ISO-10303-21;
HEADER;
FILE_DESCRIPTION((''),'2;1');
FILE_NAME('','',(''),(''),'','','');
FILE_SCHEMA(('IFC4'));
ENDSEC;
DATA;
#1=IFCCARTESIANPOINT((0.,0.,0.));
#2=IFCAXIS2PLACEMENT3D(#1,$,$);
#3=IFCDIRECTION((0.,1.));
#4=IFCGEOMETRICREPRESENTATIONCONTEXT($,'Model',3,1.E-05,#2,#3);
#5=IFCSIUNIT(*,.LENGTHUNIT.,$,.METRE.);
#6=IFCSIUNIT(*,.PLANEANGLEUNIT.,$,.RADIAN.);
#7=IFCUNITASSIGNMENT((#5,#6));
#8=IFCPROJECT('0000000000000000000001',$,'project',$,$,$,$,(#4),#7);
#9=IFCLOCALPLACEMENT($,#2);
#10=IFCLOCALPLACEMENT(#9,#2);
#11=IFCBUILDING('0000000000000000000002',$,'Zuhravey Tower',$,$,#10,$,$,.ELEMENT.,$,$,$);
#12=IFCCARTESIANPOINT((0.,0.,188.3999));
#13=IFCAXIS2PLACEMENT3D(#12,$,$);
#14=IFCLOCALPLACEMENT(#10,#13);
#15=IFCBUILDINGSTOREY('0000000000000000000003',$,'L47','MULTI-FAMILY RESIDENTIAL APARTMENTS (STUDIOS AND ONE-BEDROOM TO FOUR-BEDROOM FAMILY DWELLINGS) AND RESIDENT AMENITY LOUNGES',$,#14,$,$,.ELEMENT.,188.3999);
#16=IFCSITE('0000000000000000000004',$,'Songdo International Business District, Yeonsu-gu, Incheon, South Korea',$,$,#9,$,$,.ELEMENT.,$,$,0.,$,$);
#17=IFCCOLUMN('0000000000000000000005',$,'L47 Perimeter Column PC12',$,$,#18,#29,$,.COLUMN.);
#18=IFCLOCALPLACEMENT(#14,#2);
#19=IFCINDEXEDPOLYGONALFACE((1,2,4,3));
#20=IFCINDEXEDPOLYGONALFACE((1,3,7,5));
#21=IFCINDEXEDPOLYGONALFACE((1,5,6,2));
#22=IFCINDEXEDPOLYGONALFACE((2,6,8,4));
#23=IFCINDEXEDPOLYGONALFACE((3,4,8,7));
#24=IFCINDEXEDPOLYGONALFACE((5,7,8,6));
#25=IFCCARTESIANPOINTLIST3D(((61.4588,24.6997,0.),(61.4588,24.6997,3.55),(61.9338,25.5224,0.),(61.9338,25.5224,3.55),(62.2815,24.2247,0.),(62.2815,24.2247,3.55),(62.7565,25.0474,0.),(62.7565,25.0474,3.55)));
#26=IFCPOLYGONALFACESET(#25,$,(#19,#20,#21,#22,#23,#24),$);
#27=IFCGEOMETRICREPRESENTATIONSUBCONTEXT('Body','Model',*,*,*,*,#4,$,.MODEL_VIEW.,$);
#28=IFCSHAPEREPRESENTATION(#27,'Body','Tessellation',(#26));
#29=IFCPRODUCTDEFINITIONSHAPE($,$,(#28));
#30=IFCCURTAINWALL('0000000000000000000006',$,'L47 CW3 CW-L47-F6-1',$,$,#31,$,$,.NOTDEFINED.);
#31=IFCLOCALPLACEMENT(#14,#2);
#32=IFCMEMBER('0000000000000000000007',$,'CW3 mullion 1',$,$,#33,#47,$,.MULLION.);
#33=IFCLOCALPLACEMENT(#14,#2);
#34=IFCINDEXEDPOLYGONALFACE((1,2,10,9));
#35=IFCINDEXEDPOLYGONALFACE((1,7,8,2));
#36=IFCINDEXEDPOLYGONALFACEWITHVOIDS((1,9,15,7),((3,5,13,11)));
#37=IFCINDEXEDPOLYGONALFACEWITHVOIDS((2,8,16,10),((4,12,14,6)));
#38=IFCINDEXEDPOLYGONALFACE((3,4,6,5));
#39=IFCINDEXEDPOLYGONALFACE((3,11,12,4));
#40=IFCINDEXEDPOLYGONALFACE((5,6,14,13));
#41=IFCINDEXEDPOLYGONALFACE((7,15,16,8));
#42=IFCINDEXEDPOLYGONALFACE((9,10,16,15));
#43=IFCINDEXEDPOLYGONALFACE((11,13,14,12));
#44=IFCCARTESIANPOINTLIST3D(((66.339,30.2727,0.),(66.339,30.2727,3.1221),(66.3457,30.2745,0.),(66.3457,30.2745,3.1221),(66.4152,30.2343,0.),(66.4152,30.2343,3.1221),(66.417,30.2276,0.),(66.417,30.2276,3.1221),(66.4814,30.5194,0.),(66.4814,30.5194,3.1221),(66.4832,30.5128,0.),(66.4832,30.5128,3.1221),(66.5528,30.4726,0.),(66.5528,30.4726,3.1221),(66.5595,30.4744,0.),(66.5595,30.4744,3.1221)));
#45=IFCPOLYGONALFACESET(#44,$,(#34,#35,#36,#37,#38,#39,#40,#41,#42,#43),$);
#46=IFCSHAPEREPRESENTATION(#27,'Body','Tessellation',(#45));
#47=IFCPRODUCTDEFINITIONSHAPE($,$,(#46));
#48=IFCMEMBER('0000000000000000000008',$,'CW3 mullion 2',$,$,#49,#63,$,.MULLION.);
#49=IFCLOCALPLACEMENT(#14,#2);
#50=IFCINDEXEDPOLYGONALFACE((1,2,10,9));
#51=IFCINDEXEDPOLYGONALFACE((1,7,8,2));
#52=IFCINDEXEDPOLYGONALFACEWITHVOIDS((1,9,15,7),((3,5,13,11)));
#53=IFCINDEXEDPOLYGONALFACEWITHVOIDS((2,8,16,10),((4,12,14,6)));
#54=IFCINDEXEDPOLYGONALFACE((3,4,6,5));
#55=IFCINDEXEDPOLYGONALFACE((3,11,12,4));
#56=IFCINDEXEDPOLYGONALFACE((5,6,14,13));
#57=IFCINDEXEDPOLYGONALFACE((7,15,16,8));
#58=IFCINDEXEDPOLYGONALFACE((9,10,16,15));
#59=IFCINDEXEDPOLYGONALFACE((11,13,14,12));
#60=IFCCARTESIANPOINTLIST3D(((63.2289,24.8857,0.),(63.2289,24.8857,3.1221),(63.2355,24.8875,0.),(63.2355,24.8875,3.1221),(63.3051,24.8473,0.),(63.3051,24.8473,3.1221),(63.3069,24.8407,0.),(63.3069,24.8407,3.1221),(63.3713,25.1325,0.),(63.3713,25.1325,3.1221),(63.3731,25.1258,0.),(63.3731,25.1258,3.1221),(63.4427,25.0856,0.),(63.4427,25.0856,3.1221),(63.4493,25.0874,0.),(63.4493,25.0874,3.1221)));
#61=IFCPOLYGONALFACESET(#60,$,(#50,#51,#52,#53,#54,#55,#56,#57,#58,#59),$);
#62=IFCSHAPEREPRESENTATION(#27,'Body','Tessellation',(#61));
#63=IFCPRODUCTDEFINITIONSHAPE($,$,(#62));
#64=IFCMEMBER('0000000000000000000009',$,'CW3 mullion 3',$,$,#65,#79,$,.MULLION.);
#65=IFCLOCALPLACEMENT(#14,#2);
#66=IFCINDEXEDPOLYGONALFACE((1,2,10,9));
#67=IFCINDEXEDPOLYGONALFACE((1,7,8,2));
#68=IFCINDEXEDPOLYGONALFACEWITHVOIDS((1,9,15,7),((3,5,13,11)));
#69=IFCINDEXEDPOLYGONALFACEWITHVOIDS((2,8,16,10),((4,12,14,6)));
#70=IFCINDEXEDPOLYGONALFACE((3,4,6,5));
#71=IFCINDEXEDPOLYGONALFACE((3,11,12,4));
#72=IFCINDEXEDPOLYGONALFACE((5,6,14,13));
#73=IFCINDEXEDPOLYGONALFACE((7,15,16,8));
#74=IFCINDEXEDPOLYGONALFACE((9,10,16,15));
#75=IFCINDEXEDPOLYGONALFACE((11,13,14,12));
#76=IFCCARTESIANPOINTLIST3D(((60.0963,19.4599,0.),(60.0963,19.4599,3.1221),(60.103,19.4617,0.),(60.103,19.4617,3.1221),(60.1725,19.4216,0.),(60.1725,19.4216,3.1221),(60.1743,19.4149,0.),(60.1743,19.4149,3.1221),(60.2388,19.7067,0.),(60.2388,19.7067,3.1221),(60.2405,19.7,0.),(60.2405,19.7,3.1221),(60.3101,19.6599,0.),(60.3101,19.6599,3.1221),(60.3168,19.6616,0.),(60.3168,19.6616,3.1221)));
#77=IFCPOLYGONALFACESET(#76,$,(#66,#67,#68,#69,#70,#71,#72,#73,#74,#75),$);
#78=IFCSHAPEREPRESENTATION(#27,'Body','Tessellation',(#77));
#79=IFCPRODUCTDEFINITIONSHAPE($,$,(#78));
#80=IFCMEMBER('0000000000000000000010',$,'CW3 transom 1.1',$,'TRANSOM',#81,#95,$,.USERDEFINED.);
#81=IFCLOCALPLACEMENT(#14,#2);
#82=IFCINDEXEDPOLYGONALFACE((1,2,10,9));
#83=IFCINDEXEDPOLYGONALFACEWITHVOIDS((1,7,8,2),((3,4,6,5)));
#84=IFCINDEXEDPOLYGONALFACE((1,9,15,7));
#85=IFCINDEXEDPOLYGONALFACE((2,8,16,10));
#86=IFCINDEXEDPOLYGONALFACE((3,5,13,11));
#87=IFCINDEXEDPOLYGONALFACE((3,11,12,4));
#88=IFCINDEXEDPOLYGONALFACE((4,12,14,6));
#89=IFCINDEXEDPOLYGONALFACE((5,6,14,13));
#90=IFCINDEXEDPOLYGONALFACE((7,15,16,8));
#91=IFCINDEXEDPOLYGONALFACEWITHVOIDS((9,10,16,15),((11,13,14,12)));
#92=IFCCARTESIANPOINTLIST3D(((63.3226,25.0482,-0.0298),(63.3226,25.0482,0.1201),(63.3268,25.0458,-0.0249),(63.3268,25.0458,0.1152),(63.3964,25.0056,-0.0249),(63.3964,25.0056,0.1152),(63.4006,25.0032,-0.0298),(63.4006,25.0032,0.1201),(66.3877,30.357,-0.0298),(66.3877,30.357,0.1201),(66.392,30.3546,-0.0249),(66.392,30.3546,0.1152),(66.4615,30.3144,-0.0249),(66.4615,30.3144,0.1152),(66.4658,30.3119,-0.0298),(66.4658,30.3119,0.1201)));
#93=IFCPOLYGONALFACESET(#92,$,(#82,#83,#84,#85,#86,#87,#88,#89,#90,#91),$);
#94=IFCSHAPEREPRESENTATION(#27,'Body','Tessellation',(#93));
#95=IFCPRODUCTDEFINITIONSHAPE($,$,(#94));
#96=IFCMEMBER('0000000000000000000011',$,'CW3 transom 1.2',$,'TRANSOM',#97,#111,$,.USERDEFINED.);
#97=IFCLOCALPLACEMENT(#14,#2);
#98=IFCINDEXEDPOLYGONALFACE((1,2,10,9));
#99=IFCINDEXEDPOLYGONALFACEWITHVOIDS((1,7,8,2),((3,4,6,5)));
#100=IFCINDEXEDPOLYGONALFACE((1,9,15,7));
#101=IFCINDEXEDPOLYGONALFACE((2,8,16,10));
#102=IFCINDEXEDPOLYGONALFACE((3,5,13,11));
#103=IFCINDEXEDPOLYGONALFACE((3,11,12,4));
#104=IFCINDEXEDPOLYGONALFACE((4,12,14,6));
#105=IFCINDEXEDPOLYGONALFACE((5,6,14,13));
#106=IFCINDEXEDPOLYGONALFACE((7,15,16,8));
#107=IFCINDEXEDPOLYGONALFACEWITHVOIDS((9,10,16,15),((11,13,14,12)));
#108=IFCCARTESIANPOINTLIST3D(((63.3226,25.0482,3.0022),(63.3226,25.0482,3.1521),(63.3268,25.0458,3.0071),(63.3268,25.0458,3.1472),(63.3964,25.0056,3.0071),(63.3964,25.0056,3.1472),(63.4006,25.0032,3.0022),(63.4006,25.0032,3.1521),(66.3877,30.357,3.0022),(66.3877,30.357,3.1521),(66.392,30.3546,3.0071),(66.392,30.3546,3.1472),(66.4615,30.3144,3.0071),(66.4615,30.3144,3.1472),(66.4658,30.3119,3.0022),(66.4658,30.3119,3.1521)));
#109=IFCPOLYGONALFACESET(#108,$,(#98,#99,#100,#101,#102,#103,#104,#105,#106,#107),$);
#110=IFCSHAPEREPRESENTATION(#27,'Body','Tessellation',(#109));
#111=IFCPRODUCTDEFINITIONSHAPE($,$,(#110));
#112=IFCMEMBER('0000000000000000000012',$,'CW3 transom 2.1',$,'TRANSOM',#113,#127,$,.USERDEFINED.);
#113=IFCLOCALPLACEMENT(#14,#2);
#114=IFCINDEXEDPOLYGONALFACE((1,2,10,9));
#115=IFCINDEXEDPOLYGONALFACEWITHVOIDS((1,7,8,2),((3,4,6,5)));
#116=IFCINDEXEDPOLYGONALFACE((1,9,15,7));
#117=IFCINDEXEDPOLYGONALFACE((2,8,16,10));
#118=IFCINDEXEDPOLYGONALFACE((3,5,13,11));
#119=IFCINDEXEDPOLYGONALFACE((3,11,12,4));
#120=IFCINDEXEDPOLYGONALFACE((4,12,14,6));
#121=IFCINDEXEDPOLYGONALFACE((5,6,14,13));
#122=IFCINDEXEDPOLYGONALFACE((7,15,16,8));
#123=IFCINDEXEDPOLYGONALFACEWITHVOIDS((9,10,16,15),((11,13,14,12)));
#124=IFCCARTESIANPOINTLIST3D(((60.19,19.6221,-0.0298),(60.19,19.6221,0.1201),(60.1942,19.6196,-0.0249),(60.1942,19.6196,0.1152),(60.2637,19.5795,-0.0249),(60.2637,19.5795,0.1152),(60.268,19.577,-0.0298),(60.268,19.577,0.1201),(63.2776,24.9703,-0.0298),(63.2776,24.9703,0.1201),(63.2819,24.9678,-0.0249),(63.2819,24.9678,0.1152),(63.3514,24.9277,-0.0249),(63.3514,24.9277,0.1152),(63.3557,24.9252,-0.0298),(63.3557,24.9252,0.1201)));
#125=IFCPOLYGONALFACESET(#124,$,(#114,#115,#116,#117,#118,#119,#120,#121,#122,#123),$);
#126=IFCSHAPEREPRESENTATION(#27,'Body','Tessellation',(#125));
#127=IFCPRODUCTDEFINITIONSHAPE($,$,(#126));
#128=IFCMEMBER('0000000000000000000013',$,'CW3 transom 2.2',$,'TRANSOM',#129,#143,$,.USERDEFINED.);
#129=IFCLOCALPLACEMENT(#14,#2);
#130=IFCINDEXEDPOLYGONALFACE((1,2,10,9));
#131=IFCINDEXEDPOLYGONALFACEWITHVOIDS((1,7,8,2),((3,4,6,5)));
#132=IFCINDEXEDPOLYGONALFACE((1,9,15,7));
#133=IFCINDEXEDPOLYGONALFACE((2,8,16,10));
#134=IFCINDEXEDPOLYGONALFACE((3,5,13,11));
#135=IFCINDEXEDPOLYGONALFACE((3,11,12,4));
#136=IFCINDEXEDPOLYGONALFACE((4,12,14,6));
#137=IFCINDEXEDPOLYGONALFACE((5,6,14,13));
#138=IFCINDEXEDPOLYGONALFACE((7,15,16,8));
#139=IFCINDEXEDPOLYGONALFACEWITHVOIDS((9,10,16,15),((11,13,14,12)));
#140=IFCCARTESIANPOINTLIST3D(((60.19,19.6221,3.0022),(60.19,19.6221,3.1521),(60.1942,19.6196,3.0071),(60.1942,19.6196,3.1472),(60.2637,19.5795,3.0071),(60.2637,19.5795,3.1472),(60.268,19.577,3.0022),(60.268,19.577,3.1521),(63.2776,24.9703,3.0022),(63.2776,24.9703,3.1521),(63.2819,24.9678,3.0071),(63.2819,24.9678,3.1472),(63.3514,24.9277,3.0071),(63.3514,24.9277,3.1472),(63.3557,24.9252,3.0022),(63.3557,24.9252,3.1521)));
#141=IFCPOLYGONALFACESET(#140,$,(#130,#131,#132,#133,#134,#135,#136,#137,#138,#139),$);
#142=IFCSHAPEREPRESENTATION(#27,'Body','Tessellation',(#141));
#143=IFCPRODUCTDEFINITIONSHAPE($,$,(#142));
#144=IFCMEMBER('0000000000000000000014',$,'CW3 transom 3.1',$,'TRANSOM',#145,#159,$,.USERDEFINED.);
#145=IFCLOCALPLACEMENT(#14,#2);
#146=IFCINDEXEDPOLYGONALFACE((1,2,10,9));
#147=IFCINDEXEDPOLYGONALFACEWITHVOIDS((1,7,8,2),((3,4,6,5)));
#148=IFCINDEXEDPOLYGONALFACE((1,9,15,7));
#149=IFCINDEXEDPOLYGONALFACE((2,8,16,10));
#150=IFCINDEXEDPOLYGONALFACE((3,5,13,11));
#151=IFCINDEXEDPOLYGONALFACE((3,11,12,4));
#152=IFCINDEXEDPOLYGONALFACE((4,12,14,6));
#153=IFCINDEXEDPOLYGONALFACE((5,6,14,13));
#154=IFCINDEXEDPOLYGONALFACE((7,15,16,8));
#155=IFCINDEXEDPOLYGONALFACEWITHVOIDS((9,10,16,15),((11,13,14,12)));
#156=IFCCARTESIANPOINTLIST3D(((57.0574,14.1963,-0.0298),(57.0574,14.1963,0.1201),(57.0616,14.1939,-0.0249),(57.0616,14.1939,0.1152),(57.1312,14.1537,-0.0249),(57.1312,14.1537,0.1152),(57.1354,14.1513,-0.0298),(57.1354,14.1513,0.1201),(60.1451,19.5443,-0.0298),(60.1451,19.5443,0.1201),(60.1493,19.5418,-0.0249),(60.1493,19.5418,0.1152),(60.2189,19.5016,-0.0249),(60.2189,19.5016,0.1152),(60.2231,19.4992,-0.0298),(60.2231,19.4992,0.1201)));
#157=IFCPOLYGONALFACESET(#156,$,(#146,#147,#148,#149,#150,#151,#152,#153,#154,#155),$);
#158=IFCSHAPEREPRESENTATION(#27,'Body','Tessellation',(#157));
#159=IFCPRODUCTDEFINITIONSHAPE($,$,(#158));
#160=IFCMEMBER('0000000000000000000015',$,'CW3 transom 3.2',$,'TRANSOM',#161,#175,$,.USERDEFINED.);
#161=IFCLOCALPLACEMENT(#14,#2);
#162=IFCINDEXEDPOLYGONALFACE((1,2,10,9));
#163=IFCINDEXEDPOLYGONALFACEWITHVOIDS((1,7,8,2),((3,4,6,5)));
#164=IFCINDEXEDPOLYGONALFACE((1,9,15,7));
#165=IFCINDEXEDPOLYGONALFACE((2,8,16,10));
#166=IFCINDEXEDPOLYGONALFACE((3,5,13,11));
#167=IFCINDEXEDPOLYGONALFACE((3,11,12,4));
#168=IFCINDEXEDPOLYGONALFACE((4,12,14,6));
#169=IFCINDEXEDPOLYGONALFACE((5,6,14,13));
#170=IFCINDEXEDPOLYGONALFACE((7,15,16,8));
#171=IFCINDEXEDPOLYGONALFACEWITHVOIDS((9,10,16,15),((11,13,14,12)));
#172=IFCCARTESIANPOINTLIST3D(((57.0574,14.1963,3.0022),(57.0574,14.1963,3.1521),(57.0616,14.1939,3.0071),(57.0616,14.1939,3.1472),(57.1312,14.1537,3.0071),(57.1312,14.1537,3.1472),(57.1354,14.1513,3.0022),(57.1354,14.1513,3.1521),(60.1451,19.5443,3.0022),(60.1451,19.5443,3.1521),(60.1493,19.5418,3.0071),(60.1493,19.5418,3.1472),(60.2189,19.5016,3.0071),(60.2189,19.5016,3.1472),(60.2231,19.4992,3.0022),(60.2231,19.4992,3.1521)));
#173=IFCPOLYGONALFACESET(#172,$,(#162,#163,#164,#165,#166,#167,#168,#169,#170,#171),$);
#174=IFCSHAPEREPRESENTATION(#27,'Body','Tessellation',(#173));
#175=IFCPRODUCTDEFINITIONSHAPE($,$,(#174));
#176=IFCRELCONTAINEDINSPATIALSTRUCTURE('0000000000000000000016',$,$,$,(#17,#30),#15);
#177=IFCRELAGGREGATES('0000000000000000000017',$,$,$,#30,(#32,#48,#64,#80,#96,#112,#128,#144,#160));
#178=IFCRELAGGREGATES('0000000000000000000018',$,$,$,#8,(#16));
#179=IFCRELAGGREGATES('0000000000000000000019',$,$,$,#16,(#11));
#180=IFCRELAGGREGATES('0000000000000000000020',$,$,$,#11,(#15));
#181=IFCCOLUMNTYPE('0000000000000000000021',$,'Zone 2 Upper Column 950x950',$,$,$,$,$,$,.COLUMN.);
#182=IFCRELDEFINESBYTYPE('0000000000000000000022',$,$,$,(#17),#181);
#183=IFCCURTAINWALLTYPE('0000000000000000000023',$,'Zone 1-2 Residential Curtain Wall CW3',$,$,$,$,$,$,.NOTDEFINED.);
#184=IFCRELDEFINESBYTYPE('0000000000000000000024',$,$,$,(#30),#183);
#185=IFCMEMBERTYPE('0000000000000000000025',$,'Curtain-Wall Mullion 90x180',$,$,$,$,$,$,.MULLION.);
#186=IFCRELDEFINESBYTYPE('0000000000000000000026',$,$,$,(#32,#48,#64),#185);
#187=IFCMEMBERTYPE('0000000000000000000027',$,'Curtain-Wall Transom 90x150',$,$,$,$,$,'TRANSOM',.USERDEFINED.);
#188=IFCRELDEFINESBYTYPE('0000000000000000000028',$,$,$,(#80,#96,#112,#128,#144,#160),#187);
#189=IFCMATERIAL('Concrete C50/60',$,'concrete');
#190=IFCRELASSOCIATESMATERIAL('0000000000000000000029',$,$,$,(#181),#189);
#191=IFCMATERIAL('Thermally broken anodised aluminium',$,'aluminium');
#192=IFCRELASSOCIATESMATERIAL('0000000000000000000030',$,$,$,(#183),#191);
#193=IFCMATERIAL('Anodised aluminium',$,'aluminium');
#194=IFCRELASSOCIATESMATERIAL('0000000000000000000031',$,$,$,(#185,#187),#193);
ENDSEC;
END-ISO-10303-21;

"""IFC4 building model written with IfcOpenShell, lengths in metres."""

from ifc_helpers import new_model, si_unit, direction, frame, origin, origin_2d, place, context, subcontext, project, spatial, rectangle, hollow_rectangle, extrude, material, material_profile, profile_set, type_object, element, aggregate, save


model = new_model("IFC4")

# Units and contexts
model_context = context("Model", 3, precision=1e-05, world=origin(), true_north=direction((0.0, 1.0)))
body_context = subcontext(model_context, "Body", "Model", "MODEL_VIEW")
ifc_project = project(units=[si_unit("LENGTHUNIT", "METRE"), si_unit("PLANEANGLEUNIT", "RADIAN")], contexts=[model_context])

# Site, building, storey
site_placement = place(None, origin())
site = spatial("IfcSite", under=ifc_project, at=site_placement, Name="Songdo International Business District, Yeonsu-gu, Incheon, South Korea", CompositionType="ELEMENT", RefElevation=0.0)
building_placement = place(site_placement, origin())
building = spatial("IfcBuilding", under=site, at=building_placement, Name="Zuhravey Tower", CompositionType="ELEMENT")
storey_placement = place(building_placement, frame((0.0, 0.0, 188.3999)))
storey = spatial("IfcBuildingStorey", under=building, at=storey_placement, Name="L47", Description="MULTI-FAMILY RESIDENTIAL APARTMENTS (STUDIOS AND ONE-BEDROOM TO FOUR-BEDROOM FAMILY DWELLINGS) AND RESIDENT AMENITY LOUNGES", CompositionType="ELEMENT", Elevation=188.3999)

# Column
ifc_material_1 = material(Name="Concrete C50/60", Category="concrete")
ifc_material_profile_1 = material_profile(ifc_material_1, rectangle(XDim=0.95, YDim=0.95, at=origin_2d()), Name="RC-950x950")
ifc_profile_set_1 = profile_set([ifc_material_profile_1], Name="Concrete C50/60")
column_type = type_object("IfcColumnType", Name="Zone 2 Upper Column 950x950", PredefinedType="COLUMN", material=ifc_profile_set_1)
column_placement = place(storey_placement, frame((62.1077, 24.8735, 0.0), z_axis=(0.0, 0.0, 1.0), x_axis=(0.5, 0.866025, 0.0)))
element("IfcColumn", 1, at=column_placement, inside=storey, type_object=column_type, Name="L47 Perimeter Column PC12", PredefinedType="COLUMN", context=body_context, shape_type="SweptSolid", body=[
    extrude(rectangle(XDim=0.95, YDim=0.95, at=origin_2d()), origin(), (0.0, 0.0, 1.0), 3.55),
])

# Curtain wall, members
ifc_material_2 = material(Name="Thermally broken anodised aluminium", Category="aluminium")
curtain_wall_type = type_object("IfcCurtainWallType", Name="Zone 1-2 Residential Curtain Wall CW3", PredefinedType="NOTDEFINED", material=ifc_material_2)
curtain_wall_placement = place(storey_placement, origin())
curtain_wall = element("IfcCurtainWall", 2, at=curtain_wall_placement, inside=storey, type_object=curtain_wall_type, Name="L47 CW3 CW-L47-F6-1", PredefinedType="NOTDEFINED")
ifc_material_3 = material(Name="Anodised aluminium", Category="aluminium")
ifc_material_profile_2 = material_profile(ifc_material_3, hollow_rectangle(XDim=0.0901, YDim=0.2849, WallThickness=0.0049, at=origin_2d()), Name="ALU-RHS-90x285x5")
ifc_profile_set_2 = profile_set([ifc_material_profile_2], Name="Anodised aluminium")
member_type_1 = type_object("IfcMemberType", Name="Curtain-Wall Mullion 90x180", PredefinedType="MULLION", material=ifc_profile_set_2)
member_1_placement = place(storey_placement, frame((66.4492, 30.3735, 0.0), z_axis=(0.0, 0.0, 1.0), x_axis=(0.866026, -0.499999, 0.0)))
member_1 = element("IfcMember", 3, at=member_1_placement, type_object=member_type_1, Name="CW3 mullion 1", PredefinedType="MULLION", context=body_context, shape_type="SweptSolid", body=[
    extrude(hollow_rectangle(XDim=0.0901, YDim=0.2849, WallThickness=0.0049, at=origin_2d()), origin(), (0.0, 0.0, 1.0), 3.1221),
])
member_2_placement = place(storey_placement, frame((63.3391, 24.9866, 0.0), z_axis=(0.0, 0.0, 1.0), x_axis=(0.866026, -0.499999, 0.0)))
member_2 = element("IfcMember", 4, at=member_2_placement, type_object=member_type_1, Name="CW3 mullion 2", PredefinedType="MULLION", context=body_context, shape_type="SweptSolid", body=[
    extrude(hollow_rectangle(XDim=0.0901, YDim=0.2849, WallThickness=0.0049, at=origin_2d()), origin(), (0.0, 0.0, 1.0), 3.1221),
])
member_3_placement = place(storey_placement, frame((60.2065, 19.5608, 0.0), z_axis=(0.0, 0.0, 1.0), x_axis=(0.866026, -0.499999, 0.0)))
member_3 = element("IfcMember", 5, at=member_3_placement, type_object=member_type_1, Name="CW3 mullion 3", PredefinedType="MULLION", context=body_context, shape_type="SweptSolid", body=[
    extrude(hollow_rectangle(XDim=0.0901, YDim=0.2849, WallThickness=0.0049, at=origin_2d()), origin(), (0.0, 0.0, 1.0), 3.1221),
])
ifc_material_profile_3 = material_profile(ifc_material_3, hollow_rectangle(XDim=0.0901, YDim=0.1499, WallThickness=0.0049, at=origin_2d()), Name="ALU-RHS-90x150x5")
ifc_profile_set_3 = profile_set([ifc_material_profile_3], Name="Anodised aluminium")
member_type_2 = type_object("IfcMemberType", Name="Curtain-Wall Transom 90x150", ElementType="TRANSOM", PredefinedType="USERDEFINED", material=ifc_profile_set_3)
member_4_placement = place(storey_placement, frame((66.4268, 30.3345, 0.0452), z_axis=(-0.500015, -0.866016, 0.0), x_axis=(0.866016, -0.500015, 0.0)))
member_4 = element("IfcMember", 6, at=member_4_placement, type_object=member_type_2, Name="CW3 transom 1.1", ObjectType="TRANSOM", PredefinedType="USERDEFINED", context=body_context, shape_type="SweptSolid", body=[
    extrude(hollow_rectangle(XDim=0.0901, YDim=0.1499, WallThickness=0.0049, at=origin_2d()), origin(), (0.0, 0.0, 1.0), 6.1301),
])
member_5_placement = place(storey_placement, frame((66.4268, 30.3345, 3.0771), z_axis=(-0.500015, -0.866016, 0.0), x_axis=(0.866016, -0.500015, 0.0)))
member_5 = element("IfcMember", 7, at=member_5_placement, type_object=member_type_2, Name="CW3 transom 1.2", ObjectType="TRANSOM", PredefinedType="USERDEFINED", context=body_context, shape_type="SweptSolid", body=[
    extrude(hollow_rectangle(XDim=0.0901, YDim=0.1499, WallThickness=0.0049, at=origin_2d()), origin(), (0.0, 0.0, 1.0), 6.1301),
])
member_6_placement = place(storey_placement, frame((63.3167, 24.9478, 0.0452), z_axis=(-0.499987, -0.866033, 0.0), x_axis=(0.866033, -0.499987, 0.0)))
member_6 = element("IfcMember", 8, at=member_6_placement, type_object=member_type_2, Name="CW3 transom 2.1", ObjectType="TRANSOM", PredefinedType="USERDEFINED", context=body_context, shape_type="SweptSolid", body=[
    extrude(hollow_rectangle(XDim=0.0901, YDim=0.1499, WallThickness=0.0049, at=origin_2d()), origin(), (0.0, 0.0, 1.0), 6.1755),
])
member_7_placement = place(storey_placement, frame((63.3167, 24.9478, 3.0771), z_axis=(-0.499987, -0.866033, 0.0), x_axis=(0.866033, -0.499987, 0.0)))
member_7 = element("IfcMember", 9, at=member_7_placement, type_object=member_type_2, Name="CW3 transom 2.2", ObjectType="TRANSOM", PredefinedType="USERDEFINED", context=body_context, shape_type="SweptSolid", body=[
    extrude(hollow_rectangle(XDim=0.0901, YDim=0.1499, WallThickness=0.0049, at=origin_2d()), origin(), (0.0, 0.0, 1.0), 6.1755),
])
member_8_placement = place(storey_placement, frame((60.1841, 19.5217, 0.0452), z_axis=(-0.500004, -0.866023, 0.0), x_axis=(0.866023, -0.500004, 0.0)))
member_8 = element("IfcMember", 10, at=member_8_placement, type_object=member_type_2, Name="CW3 transom 3.1", ObjectType="TRANSOM", PredefinedType="USERDEFINED", context=body_context, shape_type="SweptSolid", body=[
    extrude(hollow_rectangle(XDim=0.0901, YDim=0.1499, WallThickness=0.0049, at=origin_2d()), origin(), (0.0, 0.0, 1.0), 6.1753),
])
member_9_placement = place(storey_placement, frame((60.1841, 19.5217, 3.0771), z_axis=(-0.500004, -0.866023, 0.0), x_axis=(0.866023, -0.500004, 0.0)))
member_9 = element("IfcMember", 11, at=member_9_placement, type_object=member_type_2, Name="CW3 transom 3.2", ObjectType="TRANSOM", PredefinedType="USERDEFINED", context=body_context, shape_type="SweptSolid", body=[
    extrude(hollow_rectangle(XDim=0.0901, YDim=0.1499, WallThickness=0.0049, at=origin_2d()), origin(), (0.0, 0.0, 1.0), 6.1753),
])

aggregate(curtain_wall, [member_1, member_2, member_3, member_4, member_5, member_6, member_7, member_8, member_9])

save(model, "model.ifc")
